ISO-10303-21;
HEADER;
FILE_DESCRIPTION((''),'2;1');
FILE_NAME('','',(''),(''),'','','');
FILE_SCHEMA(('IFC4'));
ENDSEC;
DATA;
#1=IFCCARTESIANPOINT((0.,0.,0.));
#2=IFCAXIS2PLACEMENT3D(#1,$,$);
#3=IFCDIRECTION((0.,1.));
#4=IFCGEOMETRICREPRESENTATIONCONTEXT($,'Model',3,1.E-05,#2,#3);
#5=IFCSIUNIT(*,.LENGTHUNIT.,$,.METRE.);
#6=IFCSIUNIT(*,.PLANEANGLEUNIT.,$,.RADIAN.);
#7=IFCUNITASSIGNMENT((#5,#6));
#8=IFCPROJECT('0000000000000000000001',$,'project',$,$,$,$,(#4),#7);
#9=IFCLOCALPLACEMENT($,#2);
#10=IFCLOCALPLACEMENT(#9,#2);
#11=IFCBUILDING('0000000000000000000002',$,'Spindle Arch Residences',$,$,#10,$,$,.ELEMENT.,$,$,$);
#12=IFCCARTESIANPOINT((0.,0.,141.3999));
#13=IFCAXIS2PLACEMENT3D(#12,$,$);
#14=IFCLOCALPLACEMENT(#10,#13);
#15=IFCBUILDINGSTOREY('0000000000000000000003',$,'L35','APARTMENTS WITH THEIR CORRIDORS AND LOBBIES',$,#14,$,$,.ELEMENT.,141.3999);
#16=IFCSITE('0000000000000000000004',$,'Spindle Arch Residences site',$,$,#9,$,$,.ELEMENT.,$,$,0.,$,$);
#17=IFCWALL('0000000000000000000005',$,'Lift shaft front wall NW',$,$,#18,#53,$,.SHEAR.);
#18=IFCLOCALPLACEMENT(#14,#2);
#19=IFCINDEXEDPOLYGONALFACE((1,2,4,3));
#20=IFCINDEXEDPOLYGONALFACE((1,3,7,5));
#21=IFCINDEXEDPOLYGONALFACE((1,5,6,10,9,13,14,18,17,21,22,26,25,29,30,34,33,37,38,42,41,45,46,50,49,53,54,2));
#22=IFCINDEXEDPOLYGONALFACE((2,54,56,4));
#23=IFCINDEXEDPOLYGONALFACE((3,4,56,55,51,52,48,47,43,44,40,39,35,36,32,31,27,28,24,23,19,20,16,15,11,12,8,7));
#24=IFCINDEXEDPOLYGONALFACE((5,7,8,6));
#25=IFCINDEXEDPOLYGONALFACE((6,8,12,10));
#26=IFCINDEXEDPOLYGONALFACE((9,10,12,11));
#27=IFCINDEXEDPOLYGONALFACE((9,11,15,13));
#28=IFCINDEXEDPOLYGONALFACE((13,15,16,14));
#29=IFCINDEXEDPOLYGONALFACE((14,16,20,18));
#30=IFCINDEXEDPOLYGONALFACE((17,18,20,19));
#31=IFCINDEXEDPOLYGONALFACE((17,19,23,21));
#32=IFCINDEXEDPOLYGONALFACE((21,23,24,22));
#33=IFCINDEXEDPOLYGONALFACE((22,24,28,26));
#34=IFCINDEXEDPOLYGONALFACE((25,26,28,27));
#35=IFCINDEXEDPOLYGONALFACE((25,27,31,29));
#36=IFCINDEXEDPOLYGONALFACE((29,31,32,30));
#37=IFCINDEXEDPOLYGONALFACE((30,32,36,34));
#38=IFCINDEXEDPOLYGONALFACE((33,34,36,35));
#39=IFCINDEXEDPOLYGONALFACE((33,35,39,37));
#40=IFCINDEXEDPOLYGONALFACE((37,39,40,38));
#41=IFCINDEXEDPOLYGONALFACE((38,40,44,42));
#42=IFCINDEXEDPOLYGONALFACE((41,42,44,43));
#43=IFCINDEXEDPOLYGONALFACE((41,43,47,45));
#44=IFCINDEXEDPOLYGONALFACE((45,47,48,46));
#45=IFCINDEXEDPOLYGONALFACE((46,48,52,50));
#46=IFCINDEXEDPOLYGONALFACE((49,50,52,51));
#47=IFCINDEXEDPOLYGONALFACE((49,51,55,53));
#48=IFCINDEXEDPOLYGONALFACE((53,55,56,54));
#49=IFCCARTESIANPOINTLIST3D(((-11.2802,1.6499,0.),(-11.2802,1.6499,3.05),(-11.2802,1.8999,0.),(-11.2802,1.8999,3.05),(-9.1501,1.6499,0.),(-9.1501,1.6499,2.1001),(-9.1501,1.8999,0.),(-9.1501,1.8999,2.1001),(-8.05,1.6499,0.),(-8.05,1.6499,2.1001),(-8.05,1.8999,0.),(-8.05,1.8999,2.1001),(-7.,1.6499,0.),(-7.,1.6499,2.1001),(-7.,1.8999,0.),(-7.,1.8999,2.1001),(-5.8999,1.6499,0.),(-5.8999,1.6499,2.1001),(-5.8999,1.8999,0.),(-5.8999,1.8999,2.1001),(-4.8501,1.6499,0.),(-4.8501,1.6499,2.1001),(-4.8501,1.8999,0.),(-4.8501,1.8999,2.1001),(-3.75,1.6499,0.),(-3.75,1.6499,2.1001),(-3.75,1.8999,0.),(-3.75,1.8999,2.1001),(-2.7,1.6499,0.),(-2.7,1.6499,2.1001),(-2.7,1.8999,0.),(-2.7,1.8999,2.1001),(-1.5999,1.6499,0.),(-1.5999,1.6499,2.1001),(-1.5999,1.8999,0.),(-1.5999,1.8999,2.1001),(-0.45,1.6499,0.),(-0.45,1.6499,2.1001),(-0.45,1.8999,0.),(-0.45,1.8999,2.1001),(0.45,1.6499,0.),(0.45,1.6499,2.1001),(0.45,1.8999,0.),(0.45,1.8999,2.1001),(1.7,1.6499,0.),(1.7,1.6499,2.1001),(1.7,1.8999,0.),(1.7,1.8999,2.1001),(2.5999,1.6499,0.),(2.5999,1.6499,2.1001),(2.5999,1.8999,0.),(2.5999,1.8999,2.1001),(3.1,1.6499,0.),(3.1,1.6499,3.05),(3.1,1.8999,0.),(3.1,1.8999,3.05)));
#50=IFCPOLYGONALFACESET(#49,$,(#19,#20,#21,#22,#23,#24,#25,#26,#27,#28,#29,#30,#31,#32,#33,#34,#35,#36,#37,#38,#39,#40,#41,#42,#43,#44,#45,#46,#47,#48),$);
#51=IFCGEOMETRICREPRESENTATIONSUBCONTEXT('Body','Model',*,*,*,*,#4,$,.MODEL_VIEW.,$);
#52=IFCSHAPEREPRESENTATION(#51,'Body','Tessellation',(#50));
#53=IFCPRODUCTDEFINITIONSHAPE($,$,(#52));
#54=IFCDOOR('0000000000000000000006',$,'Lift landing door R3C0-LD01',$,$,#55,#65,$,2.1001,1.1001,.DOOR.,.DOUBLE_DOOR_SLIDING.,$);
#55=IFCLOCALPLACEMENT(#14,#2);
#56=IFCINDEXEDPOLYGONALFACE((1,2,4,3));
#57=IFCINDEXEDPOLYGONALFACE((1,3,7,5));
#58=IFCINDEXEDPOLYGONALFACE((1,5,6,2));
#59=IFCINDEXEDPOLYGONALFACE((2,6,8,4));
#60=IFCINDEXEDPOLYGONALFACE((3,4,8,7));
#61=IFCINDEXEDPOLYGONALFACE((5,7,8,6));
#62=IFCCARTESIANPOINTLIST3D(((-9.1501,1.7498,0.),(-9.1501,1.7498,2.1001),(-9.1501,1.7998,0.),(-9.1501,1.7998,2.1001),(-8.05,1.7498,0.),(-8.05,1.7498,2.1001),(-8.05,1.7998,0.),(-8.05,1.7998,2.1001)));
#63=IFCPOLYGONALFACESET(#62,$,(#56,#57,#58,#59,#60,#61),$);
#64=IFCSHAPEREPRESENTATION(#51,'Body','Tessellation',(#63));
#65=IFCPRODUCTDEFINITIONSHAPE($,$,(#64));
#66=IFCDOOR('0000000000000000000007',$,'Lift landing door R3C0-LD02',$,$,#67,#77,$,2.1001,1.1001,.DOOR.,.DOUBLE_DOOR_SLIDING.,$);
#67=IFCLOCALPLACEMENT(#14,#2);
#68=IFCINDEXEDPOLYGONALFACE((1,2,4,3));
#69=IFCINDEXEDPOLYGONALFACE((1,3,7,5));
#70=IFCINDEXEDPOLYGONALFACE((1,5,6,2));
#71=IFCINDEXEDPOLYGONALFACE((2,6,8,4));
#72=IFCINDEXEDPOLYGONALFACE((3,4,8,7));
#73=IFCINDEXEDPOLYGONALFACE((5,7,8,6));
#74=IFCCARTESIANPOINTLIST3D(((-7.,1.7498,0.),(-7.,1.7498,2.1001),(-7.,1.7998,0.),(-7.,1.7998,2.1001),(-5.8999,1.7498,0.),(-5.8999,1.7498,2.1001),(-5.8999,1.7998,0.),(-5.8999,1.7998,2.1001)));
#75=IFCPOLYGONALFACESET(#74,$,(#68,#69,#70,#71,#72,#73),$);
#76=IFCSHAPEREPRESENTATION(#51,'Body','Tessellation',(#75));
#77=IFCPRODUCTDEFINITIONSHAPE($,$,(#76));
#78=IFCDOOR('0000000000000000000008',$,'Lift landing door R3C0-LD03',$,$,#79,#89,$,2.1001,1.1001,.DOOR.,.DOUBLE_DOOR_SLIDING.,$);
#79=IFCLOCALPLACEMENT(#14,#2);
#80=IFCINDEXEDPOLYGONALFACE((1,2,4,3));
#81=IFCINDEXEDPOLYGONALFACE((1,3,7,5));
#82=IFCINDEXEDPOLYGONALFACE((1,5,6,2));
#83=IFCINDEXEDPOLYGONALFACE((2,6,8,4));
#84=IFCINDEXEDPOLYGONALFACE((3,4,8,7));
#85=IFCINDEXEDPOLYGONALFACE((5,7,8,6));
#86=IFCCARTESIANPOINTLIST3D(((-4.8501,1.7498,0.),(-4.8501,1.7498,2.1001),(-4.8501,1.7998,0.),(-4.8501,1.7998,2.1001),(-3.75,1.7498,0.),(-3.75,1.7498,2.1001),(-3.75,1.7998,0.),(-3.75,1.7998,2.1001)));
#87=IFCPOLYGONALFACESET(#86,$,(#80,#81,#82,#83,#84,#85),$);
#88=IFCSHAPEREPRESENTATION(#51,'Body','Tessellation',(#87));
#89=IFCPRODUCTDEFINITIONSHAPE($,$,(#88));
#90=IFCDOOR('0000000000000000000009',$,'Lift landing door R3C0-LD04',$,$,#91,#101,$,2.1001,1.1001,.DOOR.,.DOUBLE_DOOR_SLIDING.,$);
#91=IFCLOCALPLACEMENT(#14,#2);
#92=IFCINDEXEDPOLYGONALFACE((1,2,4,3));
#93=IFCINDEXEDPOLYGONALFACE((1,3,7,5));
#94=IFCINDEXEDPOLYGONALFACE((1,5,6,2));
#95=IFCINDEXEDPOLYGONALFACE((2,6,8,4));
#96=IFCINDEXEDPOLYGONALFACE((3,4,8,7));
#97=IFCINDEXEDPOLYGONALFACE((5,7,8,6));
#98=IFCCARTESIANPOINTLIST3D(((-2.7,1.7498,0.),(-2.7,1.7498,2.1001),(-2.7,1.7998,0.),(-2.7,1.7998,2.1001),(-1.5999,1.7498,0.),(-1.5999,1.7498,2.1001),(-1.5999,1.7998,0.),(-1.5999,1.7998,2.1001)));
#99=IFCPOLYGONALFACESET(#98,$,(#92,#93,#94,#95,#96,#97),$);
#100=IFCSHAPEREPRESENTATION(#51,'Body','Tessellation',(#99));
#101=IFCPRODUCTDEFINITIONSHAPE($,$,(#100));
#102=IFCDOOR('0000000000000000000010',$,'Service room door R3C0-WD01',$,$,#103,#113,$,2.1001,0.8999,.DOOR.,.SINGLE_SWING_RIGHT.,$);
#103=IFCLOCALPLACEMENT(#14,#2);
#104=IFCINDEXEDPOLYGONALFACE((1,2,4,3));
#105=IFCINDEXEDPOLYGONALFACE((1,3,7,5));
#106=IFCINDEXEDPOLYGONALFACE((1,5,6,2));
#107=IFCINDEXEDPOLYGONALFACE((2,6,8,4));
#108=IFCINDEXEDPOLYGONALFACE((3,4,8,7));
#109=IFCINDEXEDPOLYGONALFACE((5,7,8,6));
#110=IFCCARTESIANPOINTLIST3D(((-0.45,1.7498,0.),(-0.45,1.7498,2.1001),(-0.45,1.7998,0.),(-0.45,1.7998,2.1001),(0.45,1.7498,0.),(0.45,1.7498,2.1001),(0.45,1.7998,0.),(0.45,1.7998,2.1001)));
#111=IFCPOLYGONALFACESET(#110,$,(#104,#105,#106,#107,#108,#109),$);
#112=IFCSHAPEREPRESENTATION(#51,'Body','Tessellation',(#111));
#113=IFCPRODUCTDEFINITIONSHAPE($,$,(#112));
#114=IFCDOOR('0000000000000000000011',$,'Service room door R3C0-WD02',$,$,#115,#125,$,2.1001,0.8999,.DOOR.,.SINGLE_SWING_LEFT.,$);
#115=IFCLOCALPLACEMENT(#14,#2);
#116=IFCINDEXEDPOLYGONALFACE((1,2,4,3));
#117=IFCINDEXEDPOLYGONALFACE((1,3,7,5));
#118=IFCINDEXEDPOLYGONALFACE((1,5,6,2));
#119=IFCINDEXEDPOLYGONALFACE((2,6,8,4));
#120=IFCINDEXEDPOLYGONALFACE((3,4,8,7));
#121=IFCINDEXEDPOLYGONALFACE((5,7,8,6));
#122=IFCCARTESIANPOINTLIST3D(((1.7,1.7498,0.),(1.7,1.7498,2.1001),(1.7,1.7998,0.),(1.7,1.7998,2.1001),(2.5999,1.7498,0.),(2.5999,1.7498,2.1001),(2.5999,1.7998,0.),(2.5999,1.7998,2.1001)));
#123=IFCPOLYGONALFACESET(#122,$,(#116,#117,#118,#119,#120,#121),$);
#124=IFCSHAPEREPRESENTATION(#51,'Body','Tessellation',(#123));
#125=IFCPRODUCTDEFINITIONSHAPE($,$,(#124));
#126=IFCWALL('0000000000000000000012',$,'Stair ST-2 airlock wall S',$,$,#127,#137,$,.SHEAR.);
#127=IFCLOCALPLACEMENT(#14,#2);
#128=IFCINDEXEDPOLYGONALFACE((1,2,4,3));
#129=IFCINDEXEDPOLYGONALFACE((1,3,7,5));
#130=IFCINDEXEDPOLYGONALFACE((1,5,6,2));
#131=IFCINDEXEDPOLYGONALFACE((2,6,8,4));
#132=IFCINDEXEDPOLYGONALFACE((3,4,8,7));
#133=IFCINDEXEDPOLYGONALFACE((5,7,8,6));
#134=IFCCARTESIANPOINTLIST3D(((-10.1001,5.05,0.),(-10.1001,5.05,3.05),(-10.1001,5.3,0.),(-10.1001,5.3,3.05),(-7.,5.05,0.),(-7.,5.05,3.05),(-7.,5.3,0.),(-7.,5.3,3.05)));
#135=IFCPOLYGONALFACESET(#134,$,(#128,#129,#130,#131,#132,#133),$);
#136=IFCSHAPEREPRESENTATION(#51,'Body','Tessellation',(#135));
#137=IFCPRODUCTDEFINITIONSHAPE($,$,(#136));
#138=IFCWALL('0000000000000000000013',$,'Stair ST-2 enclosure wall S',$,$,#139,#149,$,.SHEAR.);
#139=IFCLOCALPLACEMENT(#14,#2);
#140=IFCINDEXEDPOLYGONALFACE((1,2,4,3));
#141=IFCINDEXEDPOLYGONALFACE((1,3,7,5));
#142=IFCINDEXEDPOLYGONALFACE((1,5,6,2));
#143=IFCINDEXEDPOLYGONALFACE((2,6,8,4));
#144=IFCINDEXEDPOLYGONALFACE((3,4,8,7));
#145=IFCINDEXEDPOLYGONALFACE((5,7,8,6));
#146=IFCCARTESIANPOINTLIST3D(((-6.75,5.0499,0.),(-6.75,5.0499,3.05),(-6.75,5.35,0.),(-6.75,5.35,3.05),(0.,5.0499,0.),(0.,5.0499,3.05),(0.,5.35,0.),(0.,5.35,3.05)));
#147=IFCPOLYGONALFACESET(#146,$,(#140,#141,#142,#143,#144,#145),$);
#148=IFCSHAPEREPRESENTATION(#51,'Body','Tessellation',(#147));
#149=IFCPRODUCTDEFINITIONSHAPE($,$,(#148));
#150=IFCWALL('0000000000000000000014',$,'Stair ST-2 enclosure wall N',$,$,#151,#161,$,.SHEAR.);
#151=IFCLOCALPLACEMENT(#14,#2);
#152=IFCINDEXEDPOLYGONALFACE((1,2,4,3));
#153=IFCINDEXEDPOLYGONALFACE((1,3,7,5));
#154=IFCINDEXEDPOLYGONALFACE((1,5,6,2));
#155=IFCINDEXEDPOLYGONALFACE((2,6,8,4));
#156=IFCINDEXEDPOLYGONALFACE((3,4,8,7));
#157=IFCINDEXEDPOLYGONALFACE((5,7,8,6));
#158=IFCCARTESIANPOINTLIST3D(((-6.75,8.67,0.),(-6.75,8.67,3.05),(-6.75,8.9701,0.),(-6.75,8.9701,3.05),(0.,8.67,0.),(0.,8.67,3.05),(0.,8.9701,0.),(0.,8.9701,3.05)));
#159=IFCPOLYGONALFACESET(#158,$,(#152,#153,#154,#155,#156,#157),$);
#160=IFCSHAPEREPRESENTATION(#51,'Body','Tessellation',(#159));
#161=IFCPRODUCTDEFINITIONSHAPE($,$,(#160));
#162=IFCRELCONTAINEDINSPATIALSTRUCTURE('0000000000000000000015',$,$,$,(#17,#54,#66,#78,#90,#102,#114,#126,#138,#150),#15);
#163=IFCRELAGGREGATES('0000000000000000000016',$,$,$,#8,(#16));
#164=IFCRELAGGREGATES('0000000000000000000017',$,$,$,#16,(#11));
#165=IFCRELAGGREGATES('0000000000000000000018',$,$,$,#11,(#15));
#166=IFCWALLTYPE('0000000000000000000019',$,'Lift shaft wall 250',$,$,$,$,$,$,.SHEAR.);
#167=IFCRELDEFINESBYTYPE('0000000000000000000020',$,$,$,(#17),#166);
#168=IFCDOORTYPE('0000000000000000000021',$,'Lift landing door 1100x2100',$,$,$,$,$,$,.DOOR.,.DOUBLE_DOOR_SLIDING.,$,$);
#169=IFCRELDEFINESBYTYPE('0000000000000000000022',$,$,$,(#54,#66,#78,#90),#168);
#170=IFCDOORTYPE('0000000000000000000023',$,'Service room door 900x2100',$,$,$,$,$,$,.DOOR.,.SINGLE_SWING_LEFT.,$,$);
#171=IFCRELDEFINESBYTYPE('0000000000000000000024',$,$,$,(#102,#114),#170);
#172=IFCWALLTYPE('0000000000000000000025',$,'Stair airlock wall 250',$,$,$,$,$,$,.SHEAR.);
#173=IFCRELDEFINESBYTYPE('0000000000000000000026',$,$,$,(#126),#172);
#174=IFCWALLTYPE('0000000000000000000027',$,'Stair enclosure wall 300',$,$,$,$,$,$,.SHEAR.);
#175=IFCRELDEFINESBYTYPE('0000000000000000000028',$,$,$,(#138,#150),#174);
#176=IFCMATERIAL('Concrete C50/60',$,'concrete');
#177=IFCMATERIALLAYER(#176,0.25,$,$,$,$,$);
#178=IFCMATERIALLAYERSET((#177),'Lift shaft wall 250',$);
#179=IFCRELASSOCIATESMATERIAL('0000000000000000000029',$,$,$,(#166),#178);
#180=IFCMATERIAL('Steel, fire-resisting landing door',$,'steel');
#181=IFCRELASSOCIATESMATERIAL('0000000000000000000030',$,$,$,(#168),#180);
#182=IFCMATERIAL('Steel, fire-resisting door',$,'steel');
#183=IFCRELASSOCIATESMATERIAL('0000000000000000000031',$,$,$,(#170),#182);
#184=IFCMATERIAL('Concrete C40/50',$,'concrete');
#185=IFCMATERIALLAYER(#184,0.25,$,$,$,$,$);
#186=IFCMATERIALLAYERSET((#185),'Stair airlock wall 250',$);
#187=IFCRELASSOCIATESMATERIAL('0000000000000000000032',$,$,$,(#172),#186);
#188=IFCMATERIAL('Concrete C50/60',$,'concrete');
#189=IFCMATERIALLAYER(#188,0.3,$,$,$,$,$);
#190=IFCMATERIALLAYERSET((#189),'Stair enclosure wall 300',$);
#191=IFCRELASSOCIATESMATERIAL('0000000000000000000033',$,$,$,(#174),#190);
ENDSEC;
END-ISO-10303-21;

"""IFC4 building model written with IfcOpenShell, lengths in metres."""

from ifc_helpers import new_model, si_unit, direction, frame, frame_2d, origin, place, context, subcontext, project, spatial, rectangle, extrude, material, layer, layer_set, type_object, element, fill, save


model = new_model("IFC4")

# Units and contexts
model_context = context("Model", 3, precision=1e-05, world=origin(), true_north=direction((0.0, 1.0)))
body_context = subcontext(model_context, "Body", "Model", "MODEL_VIEW")
ifc_project = project(units=[si_unit("LENGTHUNIT", "METRE"), si_unit("PLANEANGLEUNIT", "RADIAN")], contexts=[model_context])

# Site, building, storey
site_placement = place(None, origin())
site = spatial("IfcSite", under=ifc_project, at=site_placement, Name="Spindle Arch Residences site", CompositionType="ELEMENT", RefElevation=0.0)
building_placement = place(site_placement, origin())
building = spatial("IfcBuilding", under=site, at=building_placement, Name="Spindle Arch Residences", CompositionType="ELEMENT")
storey_placement = place(building_placement, frame((0.0, 0.0, 141.3999)))
storey = spatial("IfcBuildingStorey", under=building, at=storey_placement, Name="L35", Description="APARTMENTS WITH THEIR CORRIDORS AND LOBBIES", CompositionType="ELEMENT", Elevation=141.3999)

# Wall, openings, doors
ifc_material_1 = material(Name="Concrete C50/60", Category="concrete")
ifc_layer_1 = layer(ifc_material_1, 0.25)
ifc_layer_set_1 = layer_set([ifc_layer_1], Name="Lift shaft wall 250")
wall_type_1 = type_object("IfcWallType", Name="Lift shaft wall 250", PredefinedType="SHEAR", material=ifc_layer_set_1)
wall_1_placement = place(storey_placement, frame((-11.28, 1.7749, 0.0), z_axis=(0.0, 0.0, 1.0), x_axis=(1.0, 0.0, 0.0)))
wall_1 = element("IfcWall", 1, at=wall_1_placement, inside=storey, type_object=wall_type_1, Name="Lift shaft front wall NW", PredefinedType="SHEAR", context=body_context, shape_type="SweptSolid", body=[
    extrude(rectangle(XDim=14.3801, YDim=0.25, at=frame_2d((7.1899, 0.0))), origin(), (0.0, 0.0, 1.0), 3.05),
])
opening_1_placement = place(wall_1_placement, frame((2.1299, 0.0, 0.0)))
opening_1 = element("IfcOpeningElement", 2, at=opening_1_placement, cuts=wall_1, PredefinedType="OPENING", context=body_context, shape_type="SweptSolid", body=[
    extrude(rectangle(XDim=1.1001, YDim=2.1001, at=frame_2d((0.55, 1.05))), frame((0.0, 0.135, 0.0), z_axis=(0.0, -1.0, 0.0), x_axis=(1.0, 0.0, 0.0)), (0.0, 0.0, 1.0), 0.27),
])
opening_2_placement = place(wall_1_placement, frame((4.28, 0.0, 0.0)))
opening_2 = element("IfcOpeningElement", 3, at=opening_2_placement, cuts=wall_1, PredefinedType="OPENING", context=body_context, shape_type="SweptSolid", body=[
    extrude(rectangle(XDim=1.1001, YDim=2.1001, at=frame_2d((0.55, 1.05))), frame((0.0, 0.135, 0.0), z_axis=(0.0, -1.0, 0.0), x_axis=(1.0, 0.0, 0.0)), (0.0, 0.0, 1.0), 0.27),
])
opening_3_placement = place(wall_1_placement, frame((6.4299, 0.0, 0.0)))
opening_3 = element("IfcOpeningElement", 4, at=opening_3_placement, cuts=wall_1, PredefinedType="OPENING", context=body_context, shape_type="SweptSolid", body=[
    extrude(rectangle(XDim=1.1001, YDim=2.1001, at=frame_2d((0.55, 1.05))), frame((0.0, 0.135, 0.0), z_axis=(0.0, -1.0, 0.0), x_axis=(1.0, 0.0, 0.0)), (0.0, 0.0, 1.0), 0.27),
])
opening_4_placement = place(wall_1_placement, frame((8.5801, 0.0, 0.0)))
opening_4 = element("IfcOpeningElement", 5, at=opening_4_placement, cuts=wall_1, PredefinedType="OPENING", context=body_context, shape_type="SweptSolid", body=[
    extrude(rectangle(XDim=1.1001, YDim=2.1001, at=frame_2d((0.55, 1.05))), frame((0.0, 0.135, 0.0), z_axis=(0.0, -1.0, 0.0), x_axis=(1.0, 0.0, 0.0)), (0.0, 0.0, 1.0), 0.27),
])
opening_5_placement = place(wall_1_placement, frame((10.8301, 0.0, 0.0)))
opening_5 = element("IfcOpeningElement", 6, at=opening_5_placement, cuts=wall_1, PredefinedType="OPENING", context=body_context, shape_type="SweptSolid", body=[
    extrude(rectangle(XDim=0.8999, YDim=2.1001, at=frame_2d((0.45, 1.05))), frame((0.0, 0.135, 0.0), z_axis=(0.0, -1.0, 0.0), x_axis=(1.0, 0.0, 0.0)), (0.0, 0.0, 1.0), 0.27),
])
opening_6_placement = place(wall_1_placement, frame((12.98, 0.0, 0.0)))
opening_6 = element("IfcOpeningElement", 7, at=opening_6_placement, cuts=wall_1, PredefinedType="OPENING", context=body_context, shape_type="SweptSolid", body=[
    extrude(rectangle(XDim=0.8999, YDim=2.1001, at=frame_2d((0.45, 1.05))), frame((0.0, 0.135, 0.0), z_axis=(0.0, -1.0, 0.0), x_axis=(1.0, 0.0, 0.0)), (0.0, 0.0, 1.0), 0.27),
])
ifc_material_2 = material(Name="Steel, fire-resisting landing door", Category="steel")
door_type_1 = type_object("IfcDoorType", Name="Lift landing door 1100x2100", OperationType="DOUBLE_DOOR_SLIDING", PredefinedType="DOOR", material=ifc_material_2)
door_1_placement = place(opening_1_placement, origin())
door_1 = element("IfcDoor", 8, at=door_1_placement, inside=storey, type_object=door_type_1, Name="Lift landing door R3C0-LD01", OperationType="DOUBLE_DOOR_SLIDING", OverallHeight=2.1001, OverallWidth=1.1001, PredefinedType="DOOR", context=body_context, shape_type="SweptSolid", body=[
    extrude(rectangle(XDim=1.1001, YDim=2.1001, at=frame_2d((0.55, 1.05))), frame((0.0, 0.0249, 0.0), z_axis=(0.0, -1.0, 0.0), x_axis=(1.0, 0.0, 0.0)), (0.0, 0.0, 1.0), 0.05),
])
fill(opening_1, door_1)
door_2_placement = place(opening_2_placement, origin())
door_2 = element("IfcDoor", 9, at=door_2_placement, inside=storey, type_object=door_type_1, Name="Lift landing door R3C0-LD02", OperationType="DOUBLE_DOOR_SLIDING", OverallHeight=2.1001, OverallWidth=1.1001, PredefinedType="DOOR", context=body_context, shape_type="SweptSolid", body=[
    extrude(rectangle(XDim=1.1001, YDim=2.1001, at=frame_2d((0.55, 1.05))), frame((0.0, 0.0249, 0.0), z_axis=(0.0, -1.0, 0.0), x_axis=(1.0, 0.0, 0.0)), (0.0, 0.0, 1.0), 0.05),
])
fill(opening_2, door_2)
door_3_placement = place(opening_3_placement, origin())
door_3 = element("IfcDoor", 10, at=door_3_placement, inside=storey, type_object=door_type_1, Name="Lift landing door R3C0-LD03", OperationType="DOUBLE_DOOR_SLIDING", OverallHeight=2.1001, OverallWidth=1.1001, PredefinedType="DOOR", context=body_context, shape_type="SweptSolid", body=[
    extrude(rectangle(XDim=1.1001, YDim=2.1001, at=frame_2d((0.55, 1.05))), frame((0.0, 0.0249, 0.0), z_axis=(0.0, -1.0, 0.0), x_axis=(1.0, 0.0, 0.0)), (0.0, 0.0, 1.0), 0.05),
])
fill(opening_3, door_3)
door_4_placement = place(opening_4_placement, origin())
door_4 = element("IfcDoor", 11, at=door_4_placement, inside=storey, type_object=door_type_1, Name="Lift landing door R3C0-LD04", OperationType="DOUBLE_DOOR_SLIDING", OverallHeight=2.1001, OverallWidth=1.1001, PredefinedType="DOOR", context=body_context, shape_type="SweptSolid", body=[
    extrude(rectangle(XDim=1.1001, YDim=2.1001, at=frame_2d((0.55, 1.05))), frame((0.0, 0.0249, 0.0), z_axis=(0.0, -1.0, 0.0), x_axis=(1.0, 0.0, 0.0)), (0.0, 0.0, 1.0), 0.05),
])
fill(opening_4, door_4)
ifc_material_3 = material(Name="Steel, fire-resisting door", Category="steel")
door_type_2 = type_object("IfcDoorType", Name="Service room door 900x2100", OperationType="SINGLE_SWING_LEFT", PredefinedType="DOOR", material=ifc_material_3)
door_5_placement = place(opening_5_placement, origin())
door_5 = element("IfcDoor", 12, at=door_5_placement, inside=storey, type_object=door_type_2, Name="Service room door R3C0-WD01", OperationType="SINGLE_SWING_RIGHT", OverallHeight=2.1001, OverallWidth=0.8999, PredefinedType="DOOR", context=body_context, shape_type="SweptSolid", body=[
    extrude(rectangle(XDim=0.8999, YDim=2.1001, at=frame_2d((0.45, 1.05))), frame((0.0, 0.0249, 0.0), z_axis=(0.0, -1.0, 0.0), x_axis=(1.0, 0.0, 0.0)), (0.0, 0.0, 1.0), 0.05),
])
fill(opening_5, door_5)
door_6_placement = place(opening_6_placement, origin())
door_6 = element("IfcDoor", 13, at=door_6_placement, inside=storey, type_object=door_type_2, Name="Service room door R3C0-WD02", OperationType="SINGLE_SWING_LEFT", OverallHeight=2.1001, OverallWidth=0.8999, PredefinedType="DOOR", context=body_context, shape_type="SweptSolid", body=[
    extrude(rectangle(XDim=0.8999, YDim=2.1001, at=frame_2d((0.45, 1.05))), frame((0.0, 0.0249, 0.0), z_axis=(0.0, -1.0, 0.0), x_axis=(1.0, 0.0, 0.0)), (0.0, 0.0, 1.0), 0.05),
])
fill(opening_6, door_6)

# Walls
ifc_material_4 = material(Name="Concrete C40/50", Category="concrete")
ifc_layer_2 = layer(ifc_material_4, 0.25)
ifc_layer_set_2 = layer_set([ifc_layer_2], Name="Stair airlock wall 250")
wall_type_2 = type_object("IfcWallType", Name="Stair airlock wall 250", PredefinedType="SHEAR", material=ifc_layer_set_2)
wall_2_placement = place(storey_placement, frame((-7.0, 5.175, 0.0), z_axis=(0.0, 0.0, 1.0), x_axis=(-1.0, 0.0, 0.0)))
element("IfcWall", 14, at=wall_2_placement, inside=storey, type_object=wall_type_2, Name="Stair ST-2 airlock wall S", PredefinedType="SHEAR", context=body_context, shape_type="SweptSolid", body=[
    extrude(rectangle(XDim=3.1001, YDim=0.25, at=frame_2d((1.55, 0.0))), origin(), (0.0, 0.0, 1.0), 3.05),
])
ifc_material_5 = material(Name="Concrete C50/60", Category="concrete")
ifc_layer_3 = layer(ifc_material_5, 0.3)
ifc_layer_set_3 = layer_set([ifc_layer_3], Name="Stair enclosure wall 300")
wall_type_3 = type_object("IfcWallType", Name="Stair enclosure wall 300", PredefinedType="SHEAR", material=ifc_layer_set_3)
for number, where, z_axis, x_axis, name in (
    (15, (-6.75, 5.2, 0.0), (0.0, 0.0, 1.0), (1.0, 0.0, 0.0), "Stair ST-2 enclosure wall S"),
    (16, (-6.75, 8.8201, 0.0), (0.0, 0.0, 1.0), (1.0, 0.0, 0.0), "Stair ST-2 enclosure wall N"),
):
    element("IfcWall", number, at=place(storey_placement, frame(where, z_axis=z_axis, x_axis=x_axis)), inside=storey, type_object=wall_type_3, Name=name, PredefinedType="SHEAR", context=body_context, shape_type="SweptSolid", body=[
        extrude(rectangle(XDim=6.75, YDim=0.3, at=frame_2d((3.375, 0.0))), origin(), (0.0, 0.0, 1.0), 3.05),
    ])

save(model, "model.ifc")
